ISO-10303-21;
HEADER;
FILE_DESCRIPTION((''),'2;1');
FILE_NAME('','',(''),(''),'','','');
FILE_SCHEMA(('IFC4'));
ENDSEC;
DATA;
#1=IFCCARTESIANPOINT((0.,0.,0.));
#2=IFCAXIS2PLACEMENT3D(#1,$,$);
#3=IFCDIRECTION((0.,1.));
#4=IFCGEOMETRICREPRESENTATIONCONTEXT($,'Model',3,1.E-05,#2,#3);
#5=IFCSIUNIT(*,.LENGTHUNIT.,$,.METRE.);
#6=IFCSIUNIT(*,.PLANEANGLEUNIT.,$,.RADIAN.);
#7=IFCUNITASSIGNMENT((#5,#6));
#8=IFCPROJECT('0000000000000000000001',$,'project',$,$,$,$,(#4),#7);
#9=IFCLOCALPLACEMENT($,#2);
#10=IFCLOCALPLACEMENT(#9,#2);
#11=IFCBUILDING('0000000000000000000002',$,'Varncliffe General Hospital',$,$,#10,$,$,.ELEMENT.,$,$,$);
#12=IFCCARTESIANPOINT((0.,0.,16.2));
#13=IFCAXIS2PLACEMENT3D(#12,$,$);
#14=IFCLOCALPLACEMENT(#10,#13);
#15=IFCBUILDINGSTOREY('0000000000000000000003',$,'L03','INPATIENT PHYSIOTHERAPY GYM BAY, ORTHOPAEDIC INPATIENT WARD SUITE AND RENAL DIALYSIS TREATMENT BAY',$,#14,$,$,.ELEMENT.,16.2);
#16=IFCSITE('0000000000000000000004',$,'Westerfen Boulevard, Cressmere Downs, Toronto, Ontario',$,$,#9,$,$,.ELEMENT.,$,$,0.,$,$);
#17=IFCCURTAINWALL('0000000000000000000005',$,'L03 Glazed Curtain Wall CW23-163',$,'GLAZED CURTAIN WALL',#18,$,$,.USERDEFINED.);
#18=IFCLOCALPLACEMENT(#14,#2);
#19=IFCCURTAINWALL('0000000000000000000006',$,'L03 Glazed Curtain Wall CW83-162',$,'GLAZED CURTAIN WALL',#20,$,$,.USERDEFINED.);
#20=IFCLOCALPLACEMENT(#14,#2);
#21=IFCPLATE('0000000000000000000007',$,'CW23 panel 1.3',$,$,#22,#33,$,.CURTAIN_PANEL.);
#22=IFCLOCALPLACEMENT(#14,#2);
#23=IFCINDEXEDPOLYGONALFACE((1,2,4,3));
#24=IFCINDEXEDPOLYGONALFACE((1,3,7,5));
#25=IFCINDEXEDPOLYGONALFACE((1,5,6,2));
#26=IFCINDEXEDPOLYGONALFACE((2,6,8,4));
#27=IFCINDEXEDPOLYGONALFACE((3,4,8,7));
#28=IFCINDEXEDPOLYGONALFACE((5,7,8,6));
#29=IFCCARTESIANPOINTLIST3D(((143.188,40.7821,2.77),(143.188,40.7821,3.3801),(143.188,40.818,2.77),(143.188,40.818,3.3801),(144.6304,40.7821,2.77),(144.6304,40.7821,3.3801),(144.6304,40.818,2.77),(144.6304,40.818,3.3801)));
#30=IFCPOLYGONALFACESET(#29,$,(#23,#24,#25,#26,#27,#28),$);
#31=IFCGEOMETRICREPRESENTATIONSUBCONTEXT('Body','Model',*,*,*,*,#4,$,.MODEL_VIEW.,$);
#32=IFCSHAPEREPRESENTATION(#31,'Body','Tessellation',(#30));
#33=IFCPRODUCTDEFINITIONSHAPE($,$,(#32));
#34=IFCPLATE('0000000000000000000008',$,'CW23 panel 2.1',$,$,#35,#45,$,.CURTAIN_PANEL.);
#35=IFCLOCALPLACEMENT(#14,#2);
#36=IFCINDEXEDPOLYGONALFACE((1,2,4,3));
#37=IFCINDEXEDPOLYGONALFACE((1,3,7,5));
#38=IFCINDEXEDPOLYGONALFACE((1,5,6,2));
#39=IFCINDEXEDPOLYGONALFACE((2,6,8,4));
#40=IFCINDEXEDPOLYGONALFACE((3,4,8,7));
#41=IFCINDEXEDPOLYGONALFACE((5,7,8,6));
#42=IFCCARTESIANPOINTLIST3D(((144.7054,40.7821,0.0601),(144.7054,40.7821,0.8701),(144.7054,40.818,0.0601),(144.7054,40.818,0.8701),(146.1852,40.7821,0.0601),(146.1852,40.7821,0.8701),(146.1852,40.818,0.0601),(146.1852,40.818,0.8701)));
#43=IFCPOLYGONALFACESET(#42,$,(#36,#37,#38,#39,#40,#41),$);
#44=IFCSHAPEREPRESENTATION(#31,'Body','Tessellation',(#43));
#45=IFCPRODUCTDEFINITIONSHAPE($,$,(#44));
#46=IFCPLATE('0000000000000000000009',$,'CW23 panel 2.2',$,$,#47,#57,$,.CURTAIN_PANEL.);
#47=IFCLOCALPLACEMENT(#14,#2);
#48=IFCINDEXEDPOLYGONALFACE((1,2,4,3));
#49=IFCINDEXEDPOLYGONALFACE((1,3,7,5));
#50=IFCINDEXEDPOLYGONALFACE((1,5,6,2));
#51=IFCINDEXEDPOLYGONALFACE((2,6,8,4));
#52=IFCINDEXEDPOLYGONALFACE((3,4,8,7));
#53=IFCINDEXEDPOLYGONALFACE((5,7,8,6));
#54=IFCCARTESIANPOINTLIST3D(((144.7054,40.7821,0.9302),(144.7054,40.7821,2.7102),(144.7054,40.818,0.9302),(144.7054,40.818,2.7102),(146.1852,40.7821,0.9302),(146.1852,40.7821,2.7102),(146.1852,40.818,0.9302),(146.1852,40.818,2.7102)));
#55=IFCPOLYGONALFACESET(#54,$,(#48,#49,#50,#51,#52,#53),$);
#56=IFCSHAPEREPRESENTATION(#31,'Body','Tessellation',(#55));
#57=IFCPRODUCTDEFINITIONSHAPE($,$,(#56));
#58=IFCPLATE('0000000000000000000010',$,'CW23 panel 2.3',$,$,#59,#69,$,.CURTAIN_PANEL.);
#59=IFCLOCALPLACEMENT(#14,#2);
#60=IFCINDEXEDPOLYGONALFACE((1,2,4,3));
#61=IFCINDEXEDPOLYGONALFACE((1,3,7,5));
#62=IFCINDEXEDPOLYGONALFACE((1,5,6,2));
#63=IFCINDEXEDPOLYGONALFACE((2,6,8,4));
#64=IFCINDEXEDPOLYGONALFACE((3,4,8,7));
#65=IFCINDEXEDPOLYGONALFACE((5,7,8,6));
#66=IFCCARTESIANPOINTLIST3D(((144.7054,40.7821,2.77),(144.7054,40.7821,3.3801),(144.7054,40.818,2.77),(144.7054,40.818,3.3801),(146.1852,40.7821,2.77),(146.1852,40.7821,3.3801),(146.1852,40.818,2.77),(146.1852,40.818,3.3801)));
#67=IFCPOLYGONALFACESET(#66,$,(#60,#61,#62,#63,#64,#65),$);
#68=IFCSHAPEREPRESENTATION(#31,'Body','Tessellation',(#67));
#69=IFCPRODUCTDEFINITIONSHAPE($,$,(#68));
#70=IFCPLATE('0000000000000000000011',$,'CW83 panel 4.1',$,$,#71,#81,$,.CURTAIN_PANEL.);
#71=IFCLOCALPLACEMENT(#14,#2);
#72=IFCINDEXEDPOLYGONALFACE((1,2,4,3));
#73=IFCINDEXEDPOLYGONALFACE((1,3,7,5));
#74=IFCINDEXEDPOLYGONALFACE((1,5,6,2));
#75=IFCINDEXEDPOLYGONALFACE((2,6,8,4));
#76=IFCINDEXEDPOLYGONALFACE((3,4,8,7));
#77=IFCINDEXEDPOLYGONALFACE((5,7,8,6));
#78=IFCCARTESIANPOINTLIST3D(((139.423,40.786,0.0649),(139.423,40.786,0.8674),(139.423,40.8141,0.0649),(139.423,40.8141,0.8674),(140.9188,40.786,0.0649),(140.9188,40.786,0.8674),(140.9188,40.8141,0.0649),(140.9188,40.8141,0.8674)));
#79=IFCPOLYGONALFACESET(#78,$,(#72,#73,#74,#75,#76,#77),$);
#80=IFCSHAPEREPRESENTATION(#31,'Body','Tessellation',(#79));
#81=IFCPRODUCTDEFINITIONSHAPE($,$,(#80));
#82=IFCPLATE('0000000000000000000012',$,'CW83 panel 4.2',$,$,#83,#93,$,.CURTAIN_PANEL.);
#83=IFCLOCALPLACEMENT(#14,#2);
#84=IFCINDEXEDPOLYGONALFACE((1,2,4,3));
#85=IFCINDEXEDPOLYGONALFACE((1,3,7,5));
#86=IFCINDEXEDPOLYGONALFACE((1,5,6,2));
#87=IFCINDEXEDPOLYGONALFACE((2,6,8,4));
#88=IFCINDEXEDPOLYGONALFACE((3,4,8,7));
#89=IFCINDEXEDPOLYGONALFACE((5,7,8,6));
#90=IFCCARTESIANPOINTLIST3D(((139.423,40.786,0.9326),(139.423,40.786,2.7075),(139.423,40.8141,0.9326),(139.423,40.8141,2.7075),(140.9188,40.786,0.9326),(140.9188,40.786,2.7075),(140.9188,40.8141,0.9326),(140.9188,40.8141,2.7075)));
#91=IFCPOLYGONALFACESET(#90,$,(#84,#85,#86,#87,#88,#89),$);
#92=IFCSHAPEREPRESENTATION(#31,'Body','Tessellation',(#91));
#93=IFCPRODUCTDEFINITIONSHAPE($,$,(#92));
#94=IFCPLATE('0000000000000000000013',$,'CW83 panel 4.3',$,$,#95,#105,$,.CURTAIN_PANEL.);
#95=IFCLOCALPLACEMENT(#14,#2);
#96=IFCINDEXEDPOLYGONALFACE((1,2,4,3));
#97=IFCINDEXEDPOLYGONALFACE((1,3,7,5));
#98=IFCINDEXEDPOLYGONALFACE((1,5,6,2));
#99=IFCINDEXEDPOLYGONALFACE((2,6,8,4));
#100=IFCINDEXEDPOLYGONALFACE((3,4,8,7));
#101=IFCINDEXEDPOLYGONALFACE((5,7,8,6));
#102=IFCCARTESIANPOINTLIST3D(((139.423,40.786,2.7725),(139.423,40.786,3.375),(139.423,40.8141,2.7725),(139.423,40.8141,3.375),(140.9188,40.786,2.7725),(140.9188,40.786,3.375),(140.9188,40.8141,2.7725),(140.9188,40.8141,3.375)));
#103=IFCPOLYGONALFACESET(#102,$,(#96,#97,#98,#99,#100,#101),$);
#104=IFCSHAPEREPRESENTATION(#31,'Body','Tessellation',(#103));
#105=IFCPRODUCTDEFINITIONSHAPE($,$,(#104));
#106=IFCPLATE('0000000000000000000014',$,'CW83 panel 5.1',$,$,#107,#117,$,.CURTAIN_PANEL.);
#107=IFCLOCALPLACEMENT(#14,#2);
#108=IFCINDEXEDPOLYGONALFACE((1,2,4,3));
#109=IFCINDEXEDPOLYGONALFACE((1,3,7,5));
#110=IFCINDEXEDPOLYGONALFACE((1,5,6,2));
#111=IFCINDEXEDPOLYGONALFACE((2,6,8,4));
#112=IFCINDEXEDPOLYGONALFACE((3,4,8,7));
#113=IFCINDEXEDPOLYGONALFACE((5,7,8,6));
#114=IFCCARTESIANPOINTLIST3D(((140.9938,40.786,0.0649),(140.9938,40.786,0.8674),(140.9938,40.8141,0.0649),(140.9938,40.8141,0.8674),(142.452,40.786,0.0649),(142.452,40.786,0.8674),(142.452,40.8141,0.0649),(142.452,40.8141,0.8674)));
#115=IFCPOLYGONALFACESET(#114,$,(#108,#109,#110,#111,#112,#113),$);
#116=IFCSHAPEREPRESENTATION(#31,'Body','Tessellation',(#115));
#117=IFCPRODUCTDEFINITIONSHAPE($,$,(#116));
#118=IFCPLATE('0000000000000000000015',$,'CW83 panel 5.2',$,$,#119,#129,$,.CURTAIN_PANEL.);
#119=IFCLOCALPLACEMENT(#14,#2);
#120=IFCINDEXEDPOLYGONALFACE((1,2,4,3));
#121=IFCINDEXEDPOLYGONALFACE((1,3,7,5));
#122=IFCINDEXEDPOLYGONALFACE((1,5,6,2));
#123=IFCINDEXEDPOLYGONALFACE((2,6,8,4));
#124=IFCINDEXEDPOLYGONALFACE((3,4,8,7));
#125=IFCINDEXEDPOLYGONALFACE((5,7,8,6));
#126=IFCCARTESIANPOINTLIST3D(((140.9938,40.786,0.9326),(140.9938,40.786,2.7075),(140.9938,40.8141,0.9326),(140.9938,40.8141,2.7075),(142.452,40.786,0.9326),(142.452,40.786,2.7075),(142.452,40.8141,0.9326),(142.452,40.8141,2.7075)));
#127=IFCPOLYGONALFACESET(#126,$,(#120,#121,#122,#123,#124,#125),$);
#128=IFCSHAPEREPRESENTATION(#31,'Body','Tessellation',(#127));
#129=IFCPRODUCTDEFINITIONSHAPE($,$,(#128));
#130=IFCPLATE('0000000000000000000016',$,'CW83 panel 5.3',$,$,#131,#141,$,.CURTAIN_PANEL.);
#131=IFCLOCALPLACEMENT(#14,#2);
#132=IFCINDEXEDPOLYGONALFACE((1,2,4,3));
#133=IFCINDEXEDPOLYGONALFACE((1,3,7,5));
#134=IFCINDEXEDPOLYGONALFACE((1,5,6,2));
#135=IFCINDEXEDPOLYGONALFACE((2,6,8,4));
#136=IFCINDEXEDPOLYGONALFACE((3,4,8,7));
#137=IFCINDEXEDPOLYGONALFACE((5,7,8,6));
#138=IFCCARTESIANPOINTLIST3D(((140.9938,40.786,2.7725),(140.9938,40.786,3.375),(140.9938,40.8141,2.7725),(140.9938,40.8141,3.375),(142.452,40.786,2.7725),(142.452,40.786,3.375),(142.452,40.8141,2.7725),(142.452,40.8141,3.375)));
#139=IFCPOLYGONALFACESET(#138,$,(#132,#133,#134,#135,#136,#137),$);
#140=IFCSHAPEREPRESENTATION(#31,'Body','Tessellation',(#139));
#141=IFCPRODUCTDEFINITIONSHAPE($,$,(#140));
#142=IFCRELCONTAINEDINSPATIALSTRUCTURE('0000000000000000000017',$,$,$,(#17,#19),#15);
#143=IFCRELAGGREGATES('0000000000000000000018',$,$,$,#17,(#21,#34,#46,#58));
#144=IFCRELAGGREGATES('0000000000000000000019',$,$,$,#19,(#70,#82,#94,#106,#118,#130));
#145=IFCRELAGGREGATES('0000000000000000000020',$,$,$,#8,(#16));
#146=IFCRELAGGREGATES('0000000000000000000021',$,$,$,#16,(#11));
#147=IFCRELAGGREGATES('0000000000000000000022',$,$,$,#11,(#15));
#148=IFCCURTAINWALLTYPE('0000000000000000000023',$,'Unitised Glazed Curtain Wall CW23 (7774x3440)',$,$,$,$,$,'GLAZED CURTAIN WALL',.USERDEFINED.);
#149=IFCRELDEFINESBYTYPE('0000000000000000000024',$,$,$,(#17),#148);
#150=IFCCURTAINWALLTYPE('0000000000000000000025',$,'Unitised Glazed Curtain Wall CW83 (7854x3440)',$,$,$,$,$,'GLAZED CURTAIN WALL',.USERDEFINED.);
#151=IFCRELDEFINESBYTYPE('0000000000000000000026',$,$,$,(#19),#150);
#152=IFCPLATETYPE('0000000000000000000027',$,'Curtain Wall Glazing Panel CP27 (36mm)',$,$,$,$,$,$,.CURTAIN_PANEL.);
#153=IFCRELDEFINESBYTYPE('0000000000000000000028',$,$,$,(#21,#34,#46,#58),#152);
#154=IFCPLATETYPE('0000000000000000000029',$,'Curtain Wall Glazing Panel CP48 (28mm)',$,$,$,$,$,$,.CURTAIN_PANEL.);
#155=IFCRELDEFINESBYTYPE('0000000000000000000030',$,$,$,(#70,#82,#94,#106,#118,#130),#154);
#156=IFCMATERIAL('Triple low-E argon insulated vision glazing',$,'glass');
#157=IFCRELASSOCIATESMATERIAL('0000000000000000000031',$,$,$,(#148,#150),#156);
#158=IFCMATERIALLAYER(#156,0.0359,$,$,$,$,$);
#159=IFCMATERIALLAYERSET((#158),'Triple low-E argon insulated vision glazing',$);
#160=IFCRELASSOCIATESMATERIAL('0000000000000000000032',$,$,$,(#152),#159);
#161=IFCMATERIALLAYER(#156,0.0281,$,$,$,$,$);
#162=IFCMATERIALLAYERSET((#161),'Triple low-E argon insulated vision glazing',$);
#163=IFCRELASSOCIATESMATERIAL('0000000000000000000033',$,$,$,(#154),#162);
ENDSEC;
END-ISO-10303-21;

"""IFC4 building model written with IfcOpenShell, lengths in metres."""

from ifc_helpers import new_model, si_unit, direction, frame, origin, origin_2d, place, context, subcontext, project, spatial, rectangle, extrude, material, layer, layer_set, type_object, element, aggregate, save


model = new_model("IFC4")

# Units and contexts
model_context = context("Model", 3, precision=1e-05, world=origin(), true_north=direction((0.0, 1.0)))
body_context = subcontext(model_context, "Body", "Model", "MODEL_VIEW")
ifc_project = project(units=[si_unit("LENGTHUNIT", "METRE"), si_unit("PLANEANGLEUNIT", "RADIAN")], contexts=[model_context])

# Site, building, storey
site_placement = place(None, origin())
site = spatial("IfcSite", under=ifc_project, at=site_placement, Name="Westerfen Boulevard, Cressmere Downs, Toronto, Ontario", CompositionType="ELEMENT", RefElevation=0.0)
building_placement = place(site_placement, origin())
building = spatial("IfcBuilding", under=site, at=building_placement, Name="Varncliffe General Hospital", CompositionType="ELEMENT")
storey_placement = place(building_placement, frame((0.0, 0.0, 16.2)))
storey = spatial("IfcBuildingStorey", under=building, at=storey_placement, Name="L03", Description="INPATIENT PHYSIOTHERAPY GYM BAY, ORTHOPAEDIC INPATIENT WARD SUITE AND RENAL DIALYSIS TREATMENT BAY", CompositionType="ELEMENT", Elevation=16.2)

# Curtain walls
ifc_material_1 = material(Name="Triple low-E argon insulated vision glazing", Category="glass")
curtain_wall_type_1 = type_object("IfcCurtainWallType", Name="Unitised Glazed Curtain Wall CW23 (7774x3440)", ElementType="GLAZED CURTAIN WALL", PredefinedType="USERDEFINED", material=ifc_material_1)
curtain_wall_1_placement = place(storey_placement, origin())
curtain_wall_1 = element("IfcCurtainWall", 1, at=curtain_wall_1_placement, inside=storey, type_object=curtain_wall_type_1, Name="L03 Glazed Curtain Wall CW23-163", ObjectType="GLAZED CURTAIN WALL", PredefinedType="USERDEFINED")
curtain_wall_type_2 = type_object("IfcCurtainWallType", Name="Unitised Glazed Curtain Wall CW83 (7854x3440)", ElementType="GLAZED CURTAIN WALL", PredefinedType="USERDEFINED", material=ifc_material_1)
curtain_wall_2_placement = place(storey_placement, origin())
curtain_wall_2 = element("IfcCurtainWall", 2, at=curtain_wall_2_placement, inside=storey, type_object=curtain_wall_type_2, Name="L03 Glazed Curtain Wall CW83-162", ObjectType="GLAZED CURTAIN WALL", PredefinedType="USERDEFINED")

# Plates
ifc_layer_1 = layer(ifc_material_1, 0.0359)
ifc_layer_set_1 = layer_set([ifc_layer_1], Name="Triple low-E argon insulated vision glazing")
plate_type_1 = type_object("IfcPlateType", Name="Curtain Wall Glazing Panel CP27 (36mm)", PredefinedType="CURTAIN_PANEL", material=ifc_layer_set_1)
plate_1_placement = place(storey_placement, frame((143.9092, 40.8, 2.77), z_axis=(0.0, 0.0, 1.0), x_axis=(1.0, 0.0, 0.0)))
plate_1 = element("IfcPlate", 3, at=plate_1_placement, type_object=plate_type_1, Name="CW23 panel 1.3", PredefinedType="CURTAIN_PANEL", context=body_context, shape_type="SweptSolid", body=[
    extrude(rectangle(XDim=1.4424, YDim=0.0359, at=origin_2d()), origin(), (0.0, 0.0, 1.0), 0.6101),
])
plate_2_placement = place(storey_placement, frame((145.4453, 40.8, 0.0601), z_axis=(0.0, 0.0, 1.0), x_axis=(1.0, 0.0, 0.0)))
plate_2 = element("IfcPlate", 4, at=plate_2_placement, type_object=plate_type_1, Name="CW23 panel 2.1", PredefinedType="CURTAIN_PANEL", context=body_context, shape_type="SweptSolid", body=[
    extrude(rectangle(XDim=1.4797, YDim=0.0359, at=origin_2d()), origin(), (0.0, 0.0, 1.0), 0.8101),
])
plate_3_placement = place(storey_placement, frame((145.4453, 40.8, 0.9302), z_axis=(0.0, 0.0, 1.0), x_axis=(1.0, 0.0, 0.0)))
plate_3 = element("IfcPlate", 5, at=plate_3_placement, type_object=plate_type_1, Name="CW23 panel 2.2", PredefinedType="CURTAIN_PANEL", context=body_context, shape_type="SweptSolid", body=[
    extrude(rectangle(XDim=1.4797, YDim=0.0359, at=origin_2d()), origin(), (0.0, 0.0, 1.0), 1.78),
])
plate_4_placement = place(storey_placement, frame((145.4453, 40.8, 2.77), z_axis=(0.0, 0.0, 1.0), x_axis=(1.0, 0.0, 0.0)))
plate_4 = element("IfcPlate", 6, at=plate_4_placement, type_object=plate_type_1, Name="CW23 panel 2.3", PredefinedType="CURTAIN_PANEL", context=body_context, shape_type="SweptSolid", body=[
    extrude(rectangle(XDim=1.4797, YDim=0.0359, at=origin_2d()), origin(), (0.0, 0.0, 1.0), 0.6101),
])
aggregate(curtain_wall_1, [plate_1, plate_2, plate_3, plate_4])
ifc_layer_2 = layer(ifc_material_1, 0.0281)
ifc_layer_set_2 = layer_set([ifc_layer_2], Name="Triple low-E argon insulated vision glazing")
plate_type_2 = type_object("IfcPlateType", Name="Curtain Wall Glazing Panel CP48 (28mm)", PredefinedType="CURTAIN_PANEL", material=ifc_layer_set_2)
plate_5_placement = place(storey_placement, frame((140.1709, 40.8, 0.0649), z_axis=(0.0, 0.0, 1.0), x_axis=(1.0, 0.0, 0.0)))
plate_5 = element("IfcPlate", 7, at=plate_5_placement, type_object=plate_type_2, Name="CW83 panel 4.1", PredefinedType="CURTAIN_PANEL", context=body_context, shape_type="SweptSolid", body=[
    extrude(rectangle(XDim=1.4958, YDim=0.0281, at=origin_2d()), origin(), (0.0, 0.0, 1.0), 0.8025),
])
plate_6_placement = place(storey_placement, frame((140.1709, 40.8, 0.9326), z_axis=(0.0, 0.0, 1.0), x_axis=(1.0, 0.0, 0.0)))
plate_6 = element("IfcPlate", 8, at=plate_6_placement, type_object=plate_type_2, Name="CW83 panel 4.2", PredefinedType="CURTAIN_PANEL", context=body_context, shape_type="SweptSolid", body=[
    extrude(rectangle(XDim=1.4958, YDim=0.0281, at=origin_2d()), origin(), (0.0, 0.0, 1.0), 1.7749),
])
plate_7_placement = place(storey_placement, frame((140.1709, 40.8, 2.7725), z_axis=(0.0, 0.0, 1.0), x_axis=(1.0, 0.0, 0.0)))
plate_7 = element("IfcPlate", 9, at=plate_7_placement, type_object=plate_type_2, Name="CW83 panel 4.3", PredefinedType="CURTAIN_PANEL", context=body_context, shape_type="SweptSolid", body=[
    extrude(rectangle(XDim=1.4958, YDim=0.0281, at=origin_2d()), origin(), (0.0, 0.0, 1.0), 0.6025),
])
plate_8_placement = place(storey_placement, frame((141.7229, 40.8, 0.0649), z_axis=(0.0, 0.0, 1.0), x_axis=(1.0, 0.0, 0.0)))
plate_8 = element("IfcPlate", 10, at=plate_8_placement, type_object=plate_type_2, Name="CW83 panel 5.1", PredefinedType="CURTAIN_PANEL", context=body_context, shape_type="SweptSolid", body=[
    extrude(rectangle(XDim=1.4583, YDim=0.0281, at=origin_2d()), origin(), (0.0, 0.0, 1.0), 0.8025),
])
plate_9_placement = place(storey_placement, frame((141.7229, 40.8, 0.9326), z_axis=(0.0, 0.0, 1.0), x_axis=(1.0, 0.0, 0.0)))
plate_9 = element("IfcPlate", 11, at=plate_9_placement, type_object=plate_type_2, Name="CW83 panel 5.2", PredefinedType="CURTAIN_PANEL", context=body_context, shape_type="SweptSolid", body=[
    extrude(rectangle(XDim=1.4583, YDim=0.0281, at=origin_2d()), origin(), (0.0, 0.0, 1.0), 1.7749),
])
plate_10_placement = place(storey_placement, frame((141.7229, 40.8, 2.7725), z_axis=(0.0, 0.0, 1.0), x_axis=(1.0, 0.0, 0.0)))
plate_10 = element("IfcPlate", 12, at=plate_10_placement, type_object=plate_type_2, Name="CW83 panel 5.3", PredefinedType="CURTAIN_PANEL", context=body_context, shape_type="SweptSolid", body=[
    extrude(rectangle(XDim=1.4583, YDim=0.0281, at=origin_2d()), origin(), (0.0, 0.0, 1.0), 0.6025),
])
aggregate(curtain_wall_2, [plate_5, plate_6, plate_7, plate_8, plate_9, plate_10])

save(model, "model.ifc")
